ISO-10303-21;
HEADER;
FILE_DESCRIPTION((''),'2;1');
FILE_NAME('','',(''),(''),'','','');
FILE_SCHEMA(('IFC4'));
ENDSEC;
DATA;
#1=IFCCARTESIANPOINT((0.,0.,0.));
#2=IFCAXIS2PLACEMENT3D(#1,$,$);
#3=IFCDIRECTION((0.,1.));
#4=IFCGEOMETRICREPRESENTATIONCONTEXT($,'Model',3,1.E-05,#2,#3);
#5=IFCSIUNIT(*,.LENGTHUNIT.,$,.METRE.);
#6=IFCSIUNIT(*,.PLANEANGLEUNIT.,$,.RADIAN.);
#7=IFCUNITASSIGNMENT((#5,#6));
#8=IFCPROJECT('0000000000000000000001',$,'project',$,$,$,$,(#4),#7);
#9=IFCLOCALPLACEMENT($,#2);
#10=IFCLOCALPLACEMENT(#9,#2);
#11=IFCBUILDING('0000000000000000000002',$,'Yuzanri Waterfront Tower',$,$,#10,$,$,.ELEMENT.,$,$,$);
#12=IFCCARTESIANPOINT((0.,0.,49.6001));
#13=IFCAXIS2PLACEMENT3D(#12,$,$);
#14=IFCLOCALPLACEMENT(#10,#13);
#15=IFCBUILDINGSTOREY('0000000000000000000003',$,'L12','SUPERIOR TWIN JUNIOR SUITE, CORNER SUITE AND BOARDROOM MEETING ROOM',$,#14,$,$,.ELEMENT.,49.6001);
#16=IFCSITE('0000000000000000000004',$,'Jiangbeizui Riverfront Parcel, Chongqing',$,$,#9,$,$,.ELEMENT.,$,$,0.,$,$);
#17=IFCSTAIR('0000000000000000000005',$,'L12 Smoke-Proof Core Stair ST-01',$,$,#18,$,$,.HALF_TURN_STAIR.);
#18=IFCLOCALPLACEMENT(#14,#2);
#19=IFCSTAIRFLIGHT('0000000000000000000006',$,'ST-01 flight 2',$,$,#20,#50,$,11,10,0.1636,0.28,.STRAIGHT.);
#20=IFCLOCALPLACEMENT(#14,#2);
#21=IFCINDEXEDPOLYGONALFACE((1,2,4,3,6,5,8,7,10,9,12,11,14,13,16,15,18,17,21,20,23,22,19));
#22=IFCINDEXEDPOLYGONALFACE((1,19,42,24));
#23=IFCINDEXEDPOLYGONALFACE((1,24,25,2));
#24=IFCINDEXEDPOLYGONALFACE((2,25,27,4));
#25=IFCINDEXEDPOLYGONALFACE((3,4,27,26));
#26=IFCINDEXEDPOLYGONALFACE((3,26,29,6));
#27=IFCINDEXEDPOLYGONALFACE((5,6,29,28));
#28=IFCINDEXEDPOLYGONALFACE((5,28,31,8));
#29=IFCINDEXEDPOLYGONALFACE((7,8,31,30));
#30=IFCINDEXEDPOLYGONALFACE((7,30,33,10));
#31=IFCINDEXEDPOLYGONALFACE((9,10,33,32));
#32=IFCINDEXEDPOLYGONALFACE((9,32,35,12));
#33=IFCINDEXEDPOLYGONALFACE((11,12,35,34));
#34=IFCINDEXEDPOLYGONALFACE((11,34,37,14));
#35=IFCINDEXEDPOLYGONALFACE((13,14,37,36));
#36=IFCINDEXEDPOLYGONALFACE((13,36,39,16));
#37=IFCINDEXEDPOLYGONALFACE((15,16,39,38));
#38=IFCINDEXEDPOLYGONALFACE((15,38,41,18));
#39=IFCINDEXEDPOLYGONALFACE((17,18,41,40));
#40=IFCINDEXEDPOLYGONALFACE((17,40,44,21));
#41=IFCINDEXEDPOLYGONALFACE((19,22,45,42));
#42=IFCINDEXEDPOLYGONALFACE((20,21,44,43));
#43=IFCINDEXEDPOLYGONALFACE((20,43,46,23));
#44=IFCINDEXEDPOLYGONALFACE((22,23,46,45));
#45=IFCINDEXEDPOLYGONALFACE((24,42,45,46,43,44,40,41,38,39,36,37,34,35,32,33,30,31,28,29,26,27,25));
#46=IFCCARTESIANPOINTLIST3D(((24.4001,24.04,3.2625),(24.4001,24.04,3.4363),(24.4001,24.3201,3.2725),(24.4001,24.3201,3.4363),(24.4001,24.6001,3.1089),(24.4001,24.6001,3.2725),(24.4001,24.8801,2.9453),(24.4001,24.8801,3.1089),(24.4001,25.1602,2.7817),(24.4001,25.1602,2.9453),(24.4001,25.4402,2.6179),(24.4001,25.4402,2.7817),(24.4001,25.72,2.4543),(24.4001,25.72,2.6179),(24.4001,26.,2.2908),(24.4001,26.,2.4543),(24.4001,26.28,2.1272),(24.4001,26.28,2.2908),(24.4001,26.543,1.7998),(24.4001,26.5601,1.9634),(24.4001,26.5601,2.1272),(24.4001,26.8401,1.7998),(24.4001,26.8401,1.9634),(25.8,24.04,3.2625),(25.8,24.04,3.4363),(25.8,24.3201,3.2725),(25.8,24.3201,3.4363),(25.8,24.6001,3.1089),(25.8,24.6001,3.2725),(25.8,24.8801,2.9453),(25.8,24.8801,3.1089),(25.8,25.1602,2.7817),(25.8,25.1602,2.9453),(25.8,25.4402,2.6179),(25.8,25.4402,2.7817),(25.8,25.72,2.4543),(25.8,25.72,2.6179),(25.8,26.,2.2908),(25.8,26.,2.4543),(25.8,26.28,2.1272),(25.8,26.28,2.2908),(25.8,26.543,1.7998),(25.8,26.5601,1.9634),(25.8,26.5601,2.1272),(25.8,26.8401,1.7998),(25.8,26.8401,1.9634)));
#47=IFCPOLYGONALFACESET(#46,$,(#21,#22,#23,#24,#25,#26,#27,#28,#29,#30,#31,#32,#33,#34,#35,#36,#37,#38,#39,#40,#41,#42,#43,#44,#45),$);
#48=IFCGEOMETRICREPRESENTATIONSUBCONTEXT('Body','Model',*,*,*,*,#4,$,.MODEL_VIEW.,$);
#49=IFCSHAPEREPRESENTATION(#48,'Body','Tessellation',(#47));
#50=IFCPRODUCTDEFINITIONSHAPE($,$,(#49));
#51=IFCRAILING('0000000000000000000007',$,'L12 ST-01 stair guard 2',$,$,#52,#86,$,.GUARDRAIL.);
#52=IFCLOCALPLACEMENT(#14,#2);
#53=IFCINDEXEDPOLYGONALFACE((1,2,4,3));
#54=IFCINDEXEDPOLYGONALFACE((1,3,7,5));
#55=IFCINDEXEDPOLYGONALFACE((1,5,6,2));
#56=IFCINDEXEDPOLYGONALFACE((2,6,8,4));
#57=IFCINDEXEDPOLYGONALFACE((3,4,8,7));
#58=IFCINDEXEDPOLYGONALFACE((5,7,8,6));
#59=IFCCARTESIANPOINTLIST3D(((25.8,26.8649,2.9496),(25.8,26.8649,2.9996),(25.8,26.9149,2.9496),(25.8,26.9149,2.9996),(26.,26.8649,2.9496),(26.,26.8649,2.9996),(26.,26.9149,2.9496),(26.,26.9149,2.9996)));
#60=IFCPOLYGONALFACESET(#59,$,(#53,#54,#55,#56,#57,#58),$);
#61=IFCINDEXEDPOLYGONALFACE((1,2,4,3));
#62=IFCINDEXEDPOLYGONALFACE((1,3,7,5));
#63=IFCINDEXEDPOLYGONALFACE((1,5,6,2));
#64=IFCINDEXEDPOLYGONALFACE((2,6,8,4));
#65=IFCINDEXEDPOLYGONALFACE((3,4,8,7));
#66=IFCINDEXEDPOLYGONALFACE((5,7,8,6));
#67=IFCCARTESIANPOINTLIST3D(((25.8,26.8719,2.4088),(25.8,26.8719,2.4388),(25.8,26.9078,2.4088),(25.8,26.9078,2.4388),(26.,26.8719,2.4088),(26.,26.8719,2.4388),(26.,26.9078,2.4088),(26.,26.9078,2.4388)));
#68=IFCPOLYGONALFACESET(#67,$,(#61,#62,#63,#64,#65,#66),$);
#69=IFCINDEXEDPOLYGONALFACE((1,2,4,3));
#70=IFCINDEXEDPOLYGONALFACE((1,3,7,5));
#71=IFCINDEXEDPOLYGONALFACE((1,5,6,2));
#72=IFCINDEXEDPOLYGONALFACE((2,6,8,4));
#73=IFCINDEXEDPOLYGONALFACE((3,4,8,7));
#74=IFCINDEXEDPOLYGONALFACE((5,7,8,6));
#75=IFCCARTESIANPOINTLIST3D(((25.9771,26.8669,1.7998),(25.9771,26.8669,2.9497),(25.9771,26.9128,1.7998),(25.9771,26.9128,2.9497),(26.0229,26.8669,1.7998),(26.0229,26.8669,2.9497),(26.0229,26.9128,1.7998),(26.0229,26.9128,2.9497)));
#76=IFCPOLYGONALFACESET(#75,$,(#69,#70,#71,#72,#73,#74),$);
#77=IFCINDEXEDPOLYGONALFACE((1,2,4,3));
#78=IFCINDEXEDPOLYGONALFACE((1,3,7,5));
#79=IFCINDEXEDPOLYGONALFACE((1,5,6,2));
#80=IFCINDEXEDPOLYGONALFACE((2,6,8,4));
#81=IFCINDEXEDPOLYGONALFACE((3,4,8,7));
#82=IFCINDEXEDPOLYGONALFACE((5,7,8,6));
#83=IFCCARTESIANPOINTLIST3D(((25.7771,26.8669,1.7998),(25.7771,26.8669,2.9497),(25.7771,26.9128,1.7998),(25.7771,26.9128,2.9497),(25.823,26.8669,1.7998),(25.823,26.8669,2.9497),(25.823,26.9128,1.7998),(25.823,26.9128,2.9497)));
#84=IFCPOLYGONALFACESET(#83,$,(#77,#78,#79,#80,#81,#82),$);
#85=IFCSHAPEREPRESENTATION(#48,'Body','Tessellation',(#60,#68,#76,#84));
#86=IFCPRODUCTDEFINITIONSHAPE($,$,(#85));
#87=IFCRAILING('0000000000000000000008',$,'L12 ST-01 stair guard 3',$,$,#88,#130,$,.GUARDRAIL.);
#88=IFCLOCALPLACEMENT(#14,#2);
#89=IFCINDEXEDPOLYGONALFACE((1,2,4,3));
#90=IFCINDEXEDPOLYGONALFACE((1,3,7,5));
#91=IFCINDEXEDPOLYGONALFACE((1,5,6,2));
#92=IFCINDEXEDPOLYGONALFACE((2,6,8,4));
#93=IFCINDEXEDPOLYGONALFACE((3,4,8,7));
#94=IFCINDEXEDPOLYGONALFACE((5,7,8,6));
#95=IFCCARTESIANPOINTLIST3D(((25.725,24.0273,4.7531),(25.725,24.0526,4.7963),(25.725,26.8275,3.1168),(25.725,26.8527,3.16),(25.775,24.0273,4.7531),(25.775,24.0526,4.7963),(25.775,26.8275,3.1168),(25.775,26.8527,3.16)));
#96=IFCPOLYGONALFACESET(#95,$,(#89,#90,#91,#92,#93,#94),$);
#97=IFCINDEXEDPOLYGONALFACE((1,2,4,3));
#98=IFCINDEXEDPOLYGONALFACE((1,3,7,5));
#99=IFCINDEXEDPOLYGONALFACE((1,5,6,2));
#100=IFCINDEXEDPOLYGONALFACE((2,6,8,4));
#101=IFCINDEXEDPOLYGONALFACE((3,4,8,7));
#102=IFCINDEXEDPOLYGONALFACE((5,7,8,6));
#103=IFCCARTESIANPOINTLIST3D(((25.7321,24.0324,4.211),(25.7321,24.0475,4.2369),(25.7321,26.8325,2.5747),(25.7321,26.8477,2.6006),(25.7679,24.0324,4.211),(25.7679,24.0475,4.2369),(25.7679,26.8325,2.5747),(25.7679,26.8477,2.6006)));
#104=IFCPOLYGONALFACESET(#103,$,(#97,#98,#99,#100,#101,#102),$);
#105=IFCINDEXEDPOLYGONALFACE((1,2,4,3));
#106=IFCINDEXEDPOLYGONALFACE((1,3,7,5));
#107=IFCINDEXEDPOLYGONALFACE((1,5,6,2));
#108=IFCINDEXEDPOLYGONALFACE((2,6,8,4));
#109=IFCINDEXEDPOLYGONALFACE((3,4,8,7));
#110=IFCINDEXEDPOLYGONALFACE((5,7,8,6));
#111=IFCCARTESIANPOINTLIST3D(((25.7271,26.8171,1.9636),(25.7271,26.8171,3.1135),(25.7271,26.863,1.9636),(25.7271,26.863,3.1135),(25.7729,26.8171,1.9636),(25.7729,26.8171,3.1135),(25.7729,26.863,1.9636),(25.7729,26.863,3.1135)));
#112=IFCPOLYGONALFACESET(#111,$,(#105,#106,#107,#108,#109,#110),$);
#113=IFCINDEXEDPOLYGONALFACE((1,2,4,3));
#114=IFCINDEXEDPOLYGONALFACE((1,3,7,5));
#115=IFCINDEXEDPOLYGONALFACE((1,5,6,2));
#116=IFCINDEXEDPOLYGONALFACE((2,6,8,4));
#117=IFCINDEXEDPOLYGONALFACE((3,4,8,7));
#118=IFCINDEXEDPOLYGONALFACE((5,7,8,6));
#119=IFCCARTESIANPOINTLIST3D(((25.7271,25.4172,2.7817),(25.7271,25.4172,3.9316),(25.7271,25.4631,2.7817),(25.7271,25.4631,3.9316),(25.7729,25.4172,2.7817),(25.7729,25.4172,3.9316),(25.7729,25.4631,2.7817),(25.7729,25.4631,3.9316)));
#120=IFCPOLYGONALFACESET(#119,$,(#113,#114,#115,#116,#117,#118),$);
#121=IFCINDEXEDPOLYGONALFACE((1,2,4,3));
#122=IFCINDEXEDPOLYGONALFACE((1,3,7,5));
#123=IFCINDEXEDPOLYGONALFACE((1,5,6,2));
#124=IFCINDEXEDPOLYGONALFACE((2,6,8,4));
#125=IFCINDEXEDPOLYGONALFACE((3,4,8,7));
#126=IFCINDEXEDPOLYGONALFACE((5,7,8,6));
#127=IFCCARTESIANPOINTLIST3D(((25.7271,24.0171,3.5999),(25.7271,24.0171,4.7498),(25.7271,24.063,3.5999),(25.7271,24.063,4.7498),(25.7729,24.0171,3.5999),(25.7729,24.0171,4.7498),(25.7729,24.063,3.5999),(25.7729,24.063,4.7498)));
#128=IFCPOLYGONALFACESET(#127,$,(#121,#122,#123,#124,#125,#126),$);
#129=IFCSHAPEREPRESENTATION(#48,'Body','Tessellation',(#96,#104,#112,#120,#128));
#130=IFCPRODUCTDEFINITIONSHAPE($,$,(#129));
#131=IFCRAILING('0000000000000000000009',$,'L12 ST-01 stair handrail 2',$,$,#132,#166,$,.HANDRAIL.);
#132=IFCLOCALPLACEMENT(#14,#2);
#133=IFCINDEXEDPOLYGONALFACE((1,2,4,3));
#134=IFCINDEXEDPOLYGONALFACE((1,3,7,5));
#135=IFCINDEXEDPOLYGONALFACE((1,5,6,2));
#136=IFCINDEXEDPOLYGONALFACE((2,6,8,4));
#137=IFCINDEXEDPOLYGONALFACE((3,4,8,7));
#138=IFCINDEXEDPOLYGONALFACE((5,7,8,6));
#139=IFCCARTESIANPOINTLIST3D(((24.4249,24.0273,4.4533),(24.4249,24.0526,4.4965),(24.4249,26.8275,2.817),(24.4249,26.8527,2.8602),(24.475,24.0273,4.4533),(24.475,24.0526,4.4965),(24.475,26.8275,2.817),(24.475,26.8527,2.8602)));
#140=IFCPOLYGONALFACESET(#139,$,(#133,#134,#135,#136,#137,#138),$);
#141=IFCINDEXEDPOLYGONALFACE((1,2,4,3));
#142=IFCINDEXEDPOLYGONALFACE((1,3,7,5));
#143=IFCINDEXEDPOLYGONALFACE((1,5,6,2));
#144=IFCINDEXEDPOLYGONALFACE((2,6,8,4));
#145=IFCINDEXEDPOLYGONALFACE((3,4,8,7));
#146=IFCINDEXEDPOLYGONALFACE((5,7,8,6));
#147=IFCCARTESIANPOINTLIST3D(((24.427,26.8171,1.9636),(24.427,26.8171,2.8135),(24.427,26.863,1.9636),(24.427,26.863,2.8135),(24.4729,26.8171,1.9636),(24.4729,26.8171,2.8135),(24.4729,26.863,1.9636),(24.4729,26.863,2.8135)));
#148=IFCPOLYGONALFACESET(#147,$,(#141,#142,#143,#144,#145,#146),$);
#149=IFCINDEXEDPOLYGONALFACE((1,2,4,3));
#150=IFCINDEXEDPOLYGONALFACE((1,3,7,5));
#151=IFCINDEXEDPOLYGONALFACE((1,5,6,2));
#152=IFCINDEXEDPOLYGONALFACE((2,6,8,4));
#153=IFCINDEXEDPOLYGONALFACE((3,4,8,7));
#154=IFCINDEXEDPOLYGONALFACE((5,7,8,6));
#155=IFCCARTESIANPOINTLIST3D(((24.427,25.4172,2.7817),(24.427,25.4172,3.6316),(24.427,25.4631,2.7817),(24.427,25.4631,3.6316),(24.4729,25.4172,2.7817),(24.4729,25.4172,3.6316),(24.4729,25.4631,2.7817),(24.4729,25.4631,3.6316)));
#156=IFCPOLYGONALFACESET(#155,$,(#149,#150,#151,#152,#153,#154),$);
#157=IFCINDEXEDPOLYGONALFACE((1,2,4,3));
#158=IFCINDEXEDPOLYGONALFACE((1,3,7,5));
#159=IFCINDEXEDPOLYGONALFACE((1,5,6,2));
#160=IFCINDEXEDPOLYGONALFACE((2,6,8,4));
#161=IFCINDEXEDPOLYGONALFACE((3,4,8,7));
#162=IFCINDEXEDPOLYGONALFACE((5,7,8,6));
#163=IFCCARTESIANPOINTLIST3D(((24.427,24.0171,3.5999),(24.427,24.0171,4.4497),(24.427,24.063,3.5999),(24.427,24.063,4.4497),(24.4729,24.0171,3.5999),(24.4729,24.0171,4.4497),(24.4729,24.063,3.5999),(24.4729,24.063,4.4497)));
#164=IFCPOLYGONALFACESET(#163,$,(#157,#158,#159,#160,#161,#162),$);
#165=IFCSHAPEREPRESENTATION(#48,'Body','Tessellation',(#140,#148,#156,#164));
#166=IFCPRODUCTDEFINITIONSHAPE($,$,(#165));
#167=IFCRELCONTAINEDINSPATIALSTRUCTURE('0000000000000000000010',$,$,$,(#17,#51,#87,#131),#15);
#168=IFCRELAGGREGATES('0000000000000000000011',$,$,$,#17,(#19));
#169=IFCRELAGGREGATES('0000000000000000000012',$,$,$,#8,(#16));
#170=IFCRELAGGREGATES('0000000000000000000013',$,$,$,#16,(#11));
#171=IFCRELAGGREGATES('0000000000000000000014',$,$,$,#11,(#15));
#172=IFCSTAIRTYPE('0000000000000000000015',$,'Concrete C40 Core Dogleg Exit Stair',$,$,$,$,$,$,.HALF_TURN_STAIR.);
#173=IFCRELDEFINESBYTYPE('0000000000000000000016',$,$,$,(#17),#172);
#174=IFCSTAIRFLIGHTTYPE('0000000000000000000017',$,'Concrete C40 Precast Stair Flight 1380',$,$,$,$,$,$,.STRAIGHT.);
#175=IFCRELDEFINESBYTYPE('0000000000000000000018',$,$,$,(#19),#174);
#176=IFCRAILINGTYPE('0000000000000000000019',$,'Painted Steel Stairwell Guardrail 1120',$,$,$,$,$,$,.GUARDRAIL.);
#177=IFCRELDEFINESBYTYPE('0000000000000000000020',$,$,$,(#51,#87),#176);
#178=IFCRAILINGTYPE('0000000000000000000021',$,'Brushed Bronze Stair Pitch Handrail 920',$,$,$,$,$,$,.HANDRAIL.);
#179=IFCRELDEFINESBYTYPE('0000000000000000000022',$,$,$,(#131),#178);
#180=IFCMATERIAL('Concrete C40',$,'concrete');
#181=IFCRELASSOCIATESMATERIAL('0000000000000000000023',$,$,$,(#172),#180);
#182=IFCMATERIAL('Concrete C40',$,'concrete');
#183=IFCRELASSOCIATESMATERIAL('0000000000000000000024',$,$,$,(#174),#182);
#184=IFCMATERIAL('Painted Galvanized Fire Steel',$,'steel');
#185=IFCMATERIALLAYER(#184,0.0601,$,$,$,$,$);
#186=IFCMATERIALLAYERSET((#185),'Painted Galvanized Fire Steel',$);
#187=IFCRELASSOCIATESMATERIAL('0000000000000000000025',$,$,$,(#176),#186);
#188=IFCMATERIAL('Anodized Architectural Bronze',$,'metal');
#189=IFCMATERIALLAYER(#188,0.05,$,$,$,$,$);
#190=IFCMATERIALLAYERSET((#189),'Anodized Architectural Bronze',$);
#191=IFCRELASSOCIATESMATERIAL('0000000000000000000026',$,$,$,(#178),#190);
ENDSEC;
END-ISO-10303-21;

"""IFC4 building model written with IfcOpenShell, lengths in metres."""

from ifc_helpers import new_model, si_unit, direction, frame, origin, origin_2d, place, context, subcontext, project, spatial, polyline, rectangle, outline, extrude, source, transform, mapped, material, layer, layer_set, type_object, element, aggregate, save


model = new_model("IFC4")

# Units and contexts
model_context = context("Model", 3, precision=1e-05, world=origin(), true_north=direction((0.0, 1.0)))
body_context = subcontext(model_context, "Body", "Model", "MODEL_VIEW")
ifc_project = project(units=[si_unit("LENGTHUNIT", "METRE"), si_unit("PLANEANGLEUNIT", "RADIAN")], contexts=[model_context])

# Site, building, storey
site_placement = place(None, origin())
site = spatial("IfcSite", under=ifc_project, at=site_placement, Name="Jiangbeizui Riverfront Parcel, Chongqing", CompositionType="ELEMENT", RefElevation=0.0)
building_placement = place(site_placement, origin())
building = spatial("IfcBuilding", under=site, at=building_placement, Name="Yuzanri Waterfront Tower", CompositionType="ELEMENT")
storey_placement = place(building_placement, frame((0.0, 0.0, 49.6001)))
storey = spatial("IfcBuildingStorey", under=building, at=storey_placement, Name="L12", Description="SUPERIOR TWIN JUNIOR SUITE, CORNER SUITE AND BOARDROOM MEETING ROOM", CompositionType="ELEMENT", Elevation=49.6001)

# Stair, stair flight
ifc_material_1 = material(Name="Concrete C40", Category="concrete")
stair_type = type_object("IfcStairType", Name="Concrete C40 Core Dogleg Exit Stair", PredefinedType="HALF_TURN_STAIR", material=ifc_material_1)
stair_placement = place(storey_placement, origin())
stair = element("IfcStair", 1, at=stair_placement, inside=storey, type_object=stair_type, Name="L12 Smoke-Proof Core Stair ST-01", PredefinedType="HALF_TURN_STAIR")
ifc_material_2 = material(Name="Concrete C40", Category="concrete")
stair_flight_type = type_object("IfcStairFlightType", Name="Concrete C40 Precast Stair Flight 1380", PredefinedType="STRAIGHT", material=ifc_material_2)
shared_shape_1 = source(origin(), body_context, "Body", "SweptSolid", [
    extrude(outline(polyline([(0.0, 0.0), (0.0, 0.1636), (0.28, 0.1636), (0.28, 0.3274), (0.5601, 0.3274), (0.5601, 0.491), (0.8401, 0.491), (0.8401, 0.6545), (1.1201, 0.6545), (1.1201, 0.8181), (1.3999, 0.8181), (1.3999, 0.9819), (1.6799, 0.9819), (1.6799, 1.1455), (1.96, 1.1455), (1.96, 1.3091), (2.24, 1.3091), (2.24, 1.4727), (2.52, 1.4727), (2.52, 1.6365), (2.8, 1.6365), (2.8, 1.8), (2.8, 1.4626), (0.2971, 0.0), (0.0, 0.0)])), frame((0.0, 0.7, 0.0), z_axis=(0.0, -1.0, 0.0), x_axis=(1.0, 0.0, 0.0)), (0.0, 0.0, 1.0), 1.3999),
])
stair_flight_placement = place(storey_placement, frame((25.1001, 26.8401, 1.7998), z_axis=(0.0, 0.0, 1.0), x_axis=(0.0, -1.0, 0.0)))
stair_flight = element("IfcStairFlight", 2, at=stair_flight_placement, type_object=stair_flight_type, Name="ST-01 flight 2", NumberOfRisers=11, NumberOfTreads=10, PredefinedType="STRAIGHT", RiserHeight=0.1636, TreadLength=0.28, context=body_context, shape_type="MappedRepresentation", body=[
    mapped(shared_shape_1, transform((0.0, 0.0, 0.0), scale=1.0)),
])
aggregate(stair, [stair_flight])

# Railings
ifc_material_3 = material(Name="Painted Galvanized Fire Steel", Category="steel")
ifc_layer_1 = layer(ifc_material_3, 0.0601)
ifc_layer_set_1 = layer_set([ifc_layer_1], Name="Painted Galvanized Fire Steel")
railing_type_1 = type_object("IfcRailingType", Name="Painted Steel Stairwell Guardrail 1120", PredefinedType="GUARDRAIL", material=ifc_layer_set_1)
shared_shape_2 = source(origin(), body_context, "Body", "SweptSolid", [
    extrude(rectangle(XDim=0.05, YDim=0.05, at=origin_2d()), frame((0.0, 0.0, 1.1748), z_axis=(-1.0, 0.0, 0.0), x_axis=(0.0, -1.0, 0.0)), (0.0, 0.0, 1.0), 0.2),
    extrude(rectangle(XDim=0.0359, YDim=0.03, at=origin_2d()), frame((0.0, 0.0, 0.624), z_axis=(-1.0, 0.0, 0.0), x_axis=(0.0, -1.0, 0.0)), (0.0, 0.0, 1.0), 0.2),
    extrude(rectangle(XDim=0.0459, YDim=0.0459, at=origin_2d()), origin(), (0.0, 0.0, 1.0), 1.1499),
    extrude(rectangle(XDim=0.0459, YDim=0.0459, at=origin_2d()), frame((-0.2, 0.0, 0.0)), (0.0, 0.0, 1.0), 1.1499),
])
railing_1_placement = place(storey_placement, frame((26.0, 26.8899, 1.7998)))
element("IfcRailing", 3, at=railing_1_placement, inside=storey, type_object=railing_type_1, Name="L12 ST-01 stair guard 2", PredefinedType="GUARDRAIL", context=body_context, shape_type="MappedRepresentation", body=[
    mapped(shared_shape_2, transform((0.0, 0.0, 0.0), scale=1.0)),
])
shared_shape_3 = source(origin(), body_context, "Body", "SweptSolid", [
    extrude(rectangle(XDim=0.05, YDim=0.05, at=origin_2d()), frame((0.0, 0.0, 1.1748), z_axis=(0.0, -0.863394, 0.504531), x_axis=(1.0, 0.0, 0.0)), (0.0, 0.0, 1.0), 3.2432),
    extrude(rectangle(XDim=0.0359, YDim=0.03, at=origin_2d()), frame((0.0, 0.0, 0.624), z_axis=(0.0, -0.863394, 0.504531), x_axis=(1.0, 0.0, 0.0)), (0.0, 0.0, 1.0), 3.2432),
    extrude(rectangle(XDim=0.0459, YDim=0.0459, at=origin_2d()), origin(), (0.0, 0.0, 1.0), 1.1499),
    extrude(rectangle(XDim=0.0459, YDim=0.0459, at=origin_2d()), frame((0.0, -1.3999, 0.8181)), (0.0, 0.0, 1.0), 1.1499),
    extrude(rectangle(XDim=0.0459, YDim=0.0459, at=origin_2d()), frame((0.0, -2.8, 1.6362)), (0.0, 0.0, 1.0), 1.1499),
])
railing_2_placement = place(storey_placement, frame((25.75, 26.8401, 1.9636)))
element("IfcRailing", 4, at=railing_2_placement, inside=storey, type_object=railing_type_1, Name="L12 ST-01 stair guard 3", PredefinedType="GUARDRAIL", context=body_context, shape_type="MappedRepresentation", body=[
    mapped(shared_shape_3, transform((0.0, 0.0, 0.0), scale=1.0)),
])
ifc_material_4 = material(Name="Anodized Architectural Bronze", Category="metal")
ifc_layer_2 = layer(ifc_material_4, 0.05)
ifc_layer_set_2 = layer_set([ifc_layer_2], Name="Anodized Architectural Bronze")
railing_type_2 = type_object("IfcRailingType", Name="Brushed Bronze Stair Pitch Handrail 920", PredefinedType="HANDRAIL", material=ifc_layer_set_2)
shared_shape_4 = source(origin(), body_context, "Body", "SweptSolid", [
    extrude(rectangle(XDim=0.05, YDim=0.05, at=origin_2d()), frame((0.0, 0.0, 0.875), z_axis=(0.0, -0.863394, 0.504531), x_axis=(1.0, 0.0, 0.0)), (0.0, 0.0, 1.0), 3.2432),
    extrude(rectangle(XDim=0.0459, YDim=0.0459, at=origin_2d()), origin(), (0.0, 0.0, 1.0), 0.8499),
    extrude(rectangle(XDim=0.0459, YDim=0.0459, at=origin_2d()), frame((0.0, -1.3999, 0.8181)), (0.0, 0.0, 1.0), 0.8499),
    extrude(rectangle(XDim=0.0459, YDim=0.0459, at=origin_2d()), frame((0.0, -2.8, 1.6362)), (0.0, 0.0, 1.0), 0.8499),
])
railing_3_placement = place(storey_placement, frame((24.45, 26.8401, 1.9636)))
element("IfcRailing", 5, at=railing_3_placement, inside=storey, type_object=railing_type_2, Name="L12 ST-01 stair handrail 2", PredefinedType="HANDRAIL", context=body_context, shape_type="MappedRepresentation", body=[
    mapped(shared_shape_4, transform((0.0, 0.0, 0.0), scale=1.0)),
])

save(model, "model.ifc")
